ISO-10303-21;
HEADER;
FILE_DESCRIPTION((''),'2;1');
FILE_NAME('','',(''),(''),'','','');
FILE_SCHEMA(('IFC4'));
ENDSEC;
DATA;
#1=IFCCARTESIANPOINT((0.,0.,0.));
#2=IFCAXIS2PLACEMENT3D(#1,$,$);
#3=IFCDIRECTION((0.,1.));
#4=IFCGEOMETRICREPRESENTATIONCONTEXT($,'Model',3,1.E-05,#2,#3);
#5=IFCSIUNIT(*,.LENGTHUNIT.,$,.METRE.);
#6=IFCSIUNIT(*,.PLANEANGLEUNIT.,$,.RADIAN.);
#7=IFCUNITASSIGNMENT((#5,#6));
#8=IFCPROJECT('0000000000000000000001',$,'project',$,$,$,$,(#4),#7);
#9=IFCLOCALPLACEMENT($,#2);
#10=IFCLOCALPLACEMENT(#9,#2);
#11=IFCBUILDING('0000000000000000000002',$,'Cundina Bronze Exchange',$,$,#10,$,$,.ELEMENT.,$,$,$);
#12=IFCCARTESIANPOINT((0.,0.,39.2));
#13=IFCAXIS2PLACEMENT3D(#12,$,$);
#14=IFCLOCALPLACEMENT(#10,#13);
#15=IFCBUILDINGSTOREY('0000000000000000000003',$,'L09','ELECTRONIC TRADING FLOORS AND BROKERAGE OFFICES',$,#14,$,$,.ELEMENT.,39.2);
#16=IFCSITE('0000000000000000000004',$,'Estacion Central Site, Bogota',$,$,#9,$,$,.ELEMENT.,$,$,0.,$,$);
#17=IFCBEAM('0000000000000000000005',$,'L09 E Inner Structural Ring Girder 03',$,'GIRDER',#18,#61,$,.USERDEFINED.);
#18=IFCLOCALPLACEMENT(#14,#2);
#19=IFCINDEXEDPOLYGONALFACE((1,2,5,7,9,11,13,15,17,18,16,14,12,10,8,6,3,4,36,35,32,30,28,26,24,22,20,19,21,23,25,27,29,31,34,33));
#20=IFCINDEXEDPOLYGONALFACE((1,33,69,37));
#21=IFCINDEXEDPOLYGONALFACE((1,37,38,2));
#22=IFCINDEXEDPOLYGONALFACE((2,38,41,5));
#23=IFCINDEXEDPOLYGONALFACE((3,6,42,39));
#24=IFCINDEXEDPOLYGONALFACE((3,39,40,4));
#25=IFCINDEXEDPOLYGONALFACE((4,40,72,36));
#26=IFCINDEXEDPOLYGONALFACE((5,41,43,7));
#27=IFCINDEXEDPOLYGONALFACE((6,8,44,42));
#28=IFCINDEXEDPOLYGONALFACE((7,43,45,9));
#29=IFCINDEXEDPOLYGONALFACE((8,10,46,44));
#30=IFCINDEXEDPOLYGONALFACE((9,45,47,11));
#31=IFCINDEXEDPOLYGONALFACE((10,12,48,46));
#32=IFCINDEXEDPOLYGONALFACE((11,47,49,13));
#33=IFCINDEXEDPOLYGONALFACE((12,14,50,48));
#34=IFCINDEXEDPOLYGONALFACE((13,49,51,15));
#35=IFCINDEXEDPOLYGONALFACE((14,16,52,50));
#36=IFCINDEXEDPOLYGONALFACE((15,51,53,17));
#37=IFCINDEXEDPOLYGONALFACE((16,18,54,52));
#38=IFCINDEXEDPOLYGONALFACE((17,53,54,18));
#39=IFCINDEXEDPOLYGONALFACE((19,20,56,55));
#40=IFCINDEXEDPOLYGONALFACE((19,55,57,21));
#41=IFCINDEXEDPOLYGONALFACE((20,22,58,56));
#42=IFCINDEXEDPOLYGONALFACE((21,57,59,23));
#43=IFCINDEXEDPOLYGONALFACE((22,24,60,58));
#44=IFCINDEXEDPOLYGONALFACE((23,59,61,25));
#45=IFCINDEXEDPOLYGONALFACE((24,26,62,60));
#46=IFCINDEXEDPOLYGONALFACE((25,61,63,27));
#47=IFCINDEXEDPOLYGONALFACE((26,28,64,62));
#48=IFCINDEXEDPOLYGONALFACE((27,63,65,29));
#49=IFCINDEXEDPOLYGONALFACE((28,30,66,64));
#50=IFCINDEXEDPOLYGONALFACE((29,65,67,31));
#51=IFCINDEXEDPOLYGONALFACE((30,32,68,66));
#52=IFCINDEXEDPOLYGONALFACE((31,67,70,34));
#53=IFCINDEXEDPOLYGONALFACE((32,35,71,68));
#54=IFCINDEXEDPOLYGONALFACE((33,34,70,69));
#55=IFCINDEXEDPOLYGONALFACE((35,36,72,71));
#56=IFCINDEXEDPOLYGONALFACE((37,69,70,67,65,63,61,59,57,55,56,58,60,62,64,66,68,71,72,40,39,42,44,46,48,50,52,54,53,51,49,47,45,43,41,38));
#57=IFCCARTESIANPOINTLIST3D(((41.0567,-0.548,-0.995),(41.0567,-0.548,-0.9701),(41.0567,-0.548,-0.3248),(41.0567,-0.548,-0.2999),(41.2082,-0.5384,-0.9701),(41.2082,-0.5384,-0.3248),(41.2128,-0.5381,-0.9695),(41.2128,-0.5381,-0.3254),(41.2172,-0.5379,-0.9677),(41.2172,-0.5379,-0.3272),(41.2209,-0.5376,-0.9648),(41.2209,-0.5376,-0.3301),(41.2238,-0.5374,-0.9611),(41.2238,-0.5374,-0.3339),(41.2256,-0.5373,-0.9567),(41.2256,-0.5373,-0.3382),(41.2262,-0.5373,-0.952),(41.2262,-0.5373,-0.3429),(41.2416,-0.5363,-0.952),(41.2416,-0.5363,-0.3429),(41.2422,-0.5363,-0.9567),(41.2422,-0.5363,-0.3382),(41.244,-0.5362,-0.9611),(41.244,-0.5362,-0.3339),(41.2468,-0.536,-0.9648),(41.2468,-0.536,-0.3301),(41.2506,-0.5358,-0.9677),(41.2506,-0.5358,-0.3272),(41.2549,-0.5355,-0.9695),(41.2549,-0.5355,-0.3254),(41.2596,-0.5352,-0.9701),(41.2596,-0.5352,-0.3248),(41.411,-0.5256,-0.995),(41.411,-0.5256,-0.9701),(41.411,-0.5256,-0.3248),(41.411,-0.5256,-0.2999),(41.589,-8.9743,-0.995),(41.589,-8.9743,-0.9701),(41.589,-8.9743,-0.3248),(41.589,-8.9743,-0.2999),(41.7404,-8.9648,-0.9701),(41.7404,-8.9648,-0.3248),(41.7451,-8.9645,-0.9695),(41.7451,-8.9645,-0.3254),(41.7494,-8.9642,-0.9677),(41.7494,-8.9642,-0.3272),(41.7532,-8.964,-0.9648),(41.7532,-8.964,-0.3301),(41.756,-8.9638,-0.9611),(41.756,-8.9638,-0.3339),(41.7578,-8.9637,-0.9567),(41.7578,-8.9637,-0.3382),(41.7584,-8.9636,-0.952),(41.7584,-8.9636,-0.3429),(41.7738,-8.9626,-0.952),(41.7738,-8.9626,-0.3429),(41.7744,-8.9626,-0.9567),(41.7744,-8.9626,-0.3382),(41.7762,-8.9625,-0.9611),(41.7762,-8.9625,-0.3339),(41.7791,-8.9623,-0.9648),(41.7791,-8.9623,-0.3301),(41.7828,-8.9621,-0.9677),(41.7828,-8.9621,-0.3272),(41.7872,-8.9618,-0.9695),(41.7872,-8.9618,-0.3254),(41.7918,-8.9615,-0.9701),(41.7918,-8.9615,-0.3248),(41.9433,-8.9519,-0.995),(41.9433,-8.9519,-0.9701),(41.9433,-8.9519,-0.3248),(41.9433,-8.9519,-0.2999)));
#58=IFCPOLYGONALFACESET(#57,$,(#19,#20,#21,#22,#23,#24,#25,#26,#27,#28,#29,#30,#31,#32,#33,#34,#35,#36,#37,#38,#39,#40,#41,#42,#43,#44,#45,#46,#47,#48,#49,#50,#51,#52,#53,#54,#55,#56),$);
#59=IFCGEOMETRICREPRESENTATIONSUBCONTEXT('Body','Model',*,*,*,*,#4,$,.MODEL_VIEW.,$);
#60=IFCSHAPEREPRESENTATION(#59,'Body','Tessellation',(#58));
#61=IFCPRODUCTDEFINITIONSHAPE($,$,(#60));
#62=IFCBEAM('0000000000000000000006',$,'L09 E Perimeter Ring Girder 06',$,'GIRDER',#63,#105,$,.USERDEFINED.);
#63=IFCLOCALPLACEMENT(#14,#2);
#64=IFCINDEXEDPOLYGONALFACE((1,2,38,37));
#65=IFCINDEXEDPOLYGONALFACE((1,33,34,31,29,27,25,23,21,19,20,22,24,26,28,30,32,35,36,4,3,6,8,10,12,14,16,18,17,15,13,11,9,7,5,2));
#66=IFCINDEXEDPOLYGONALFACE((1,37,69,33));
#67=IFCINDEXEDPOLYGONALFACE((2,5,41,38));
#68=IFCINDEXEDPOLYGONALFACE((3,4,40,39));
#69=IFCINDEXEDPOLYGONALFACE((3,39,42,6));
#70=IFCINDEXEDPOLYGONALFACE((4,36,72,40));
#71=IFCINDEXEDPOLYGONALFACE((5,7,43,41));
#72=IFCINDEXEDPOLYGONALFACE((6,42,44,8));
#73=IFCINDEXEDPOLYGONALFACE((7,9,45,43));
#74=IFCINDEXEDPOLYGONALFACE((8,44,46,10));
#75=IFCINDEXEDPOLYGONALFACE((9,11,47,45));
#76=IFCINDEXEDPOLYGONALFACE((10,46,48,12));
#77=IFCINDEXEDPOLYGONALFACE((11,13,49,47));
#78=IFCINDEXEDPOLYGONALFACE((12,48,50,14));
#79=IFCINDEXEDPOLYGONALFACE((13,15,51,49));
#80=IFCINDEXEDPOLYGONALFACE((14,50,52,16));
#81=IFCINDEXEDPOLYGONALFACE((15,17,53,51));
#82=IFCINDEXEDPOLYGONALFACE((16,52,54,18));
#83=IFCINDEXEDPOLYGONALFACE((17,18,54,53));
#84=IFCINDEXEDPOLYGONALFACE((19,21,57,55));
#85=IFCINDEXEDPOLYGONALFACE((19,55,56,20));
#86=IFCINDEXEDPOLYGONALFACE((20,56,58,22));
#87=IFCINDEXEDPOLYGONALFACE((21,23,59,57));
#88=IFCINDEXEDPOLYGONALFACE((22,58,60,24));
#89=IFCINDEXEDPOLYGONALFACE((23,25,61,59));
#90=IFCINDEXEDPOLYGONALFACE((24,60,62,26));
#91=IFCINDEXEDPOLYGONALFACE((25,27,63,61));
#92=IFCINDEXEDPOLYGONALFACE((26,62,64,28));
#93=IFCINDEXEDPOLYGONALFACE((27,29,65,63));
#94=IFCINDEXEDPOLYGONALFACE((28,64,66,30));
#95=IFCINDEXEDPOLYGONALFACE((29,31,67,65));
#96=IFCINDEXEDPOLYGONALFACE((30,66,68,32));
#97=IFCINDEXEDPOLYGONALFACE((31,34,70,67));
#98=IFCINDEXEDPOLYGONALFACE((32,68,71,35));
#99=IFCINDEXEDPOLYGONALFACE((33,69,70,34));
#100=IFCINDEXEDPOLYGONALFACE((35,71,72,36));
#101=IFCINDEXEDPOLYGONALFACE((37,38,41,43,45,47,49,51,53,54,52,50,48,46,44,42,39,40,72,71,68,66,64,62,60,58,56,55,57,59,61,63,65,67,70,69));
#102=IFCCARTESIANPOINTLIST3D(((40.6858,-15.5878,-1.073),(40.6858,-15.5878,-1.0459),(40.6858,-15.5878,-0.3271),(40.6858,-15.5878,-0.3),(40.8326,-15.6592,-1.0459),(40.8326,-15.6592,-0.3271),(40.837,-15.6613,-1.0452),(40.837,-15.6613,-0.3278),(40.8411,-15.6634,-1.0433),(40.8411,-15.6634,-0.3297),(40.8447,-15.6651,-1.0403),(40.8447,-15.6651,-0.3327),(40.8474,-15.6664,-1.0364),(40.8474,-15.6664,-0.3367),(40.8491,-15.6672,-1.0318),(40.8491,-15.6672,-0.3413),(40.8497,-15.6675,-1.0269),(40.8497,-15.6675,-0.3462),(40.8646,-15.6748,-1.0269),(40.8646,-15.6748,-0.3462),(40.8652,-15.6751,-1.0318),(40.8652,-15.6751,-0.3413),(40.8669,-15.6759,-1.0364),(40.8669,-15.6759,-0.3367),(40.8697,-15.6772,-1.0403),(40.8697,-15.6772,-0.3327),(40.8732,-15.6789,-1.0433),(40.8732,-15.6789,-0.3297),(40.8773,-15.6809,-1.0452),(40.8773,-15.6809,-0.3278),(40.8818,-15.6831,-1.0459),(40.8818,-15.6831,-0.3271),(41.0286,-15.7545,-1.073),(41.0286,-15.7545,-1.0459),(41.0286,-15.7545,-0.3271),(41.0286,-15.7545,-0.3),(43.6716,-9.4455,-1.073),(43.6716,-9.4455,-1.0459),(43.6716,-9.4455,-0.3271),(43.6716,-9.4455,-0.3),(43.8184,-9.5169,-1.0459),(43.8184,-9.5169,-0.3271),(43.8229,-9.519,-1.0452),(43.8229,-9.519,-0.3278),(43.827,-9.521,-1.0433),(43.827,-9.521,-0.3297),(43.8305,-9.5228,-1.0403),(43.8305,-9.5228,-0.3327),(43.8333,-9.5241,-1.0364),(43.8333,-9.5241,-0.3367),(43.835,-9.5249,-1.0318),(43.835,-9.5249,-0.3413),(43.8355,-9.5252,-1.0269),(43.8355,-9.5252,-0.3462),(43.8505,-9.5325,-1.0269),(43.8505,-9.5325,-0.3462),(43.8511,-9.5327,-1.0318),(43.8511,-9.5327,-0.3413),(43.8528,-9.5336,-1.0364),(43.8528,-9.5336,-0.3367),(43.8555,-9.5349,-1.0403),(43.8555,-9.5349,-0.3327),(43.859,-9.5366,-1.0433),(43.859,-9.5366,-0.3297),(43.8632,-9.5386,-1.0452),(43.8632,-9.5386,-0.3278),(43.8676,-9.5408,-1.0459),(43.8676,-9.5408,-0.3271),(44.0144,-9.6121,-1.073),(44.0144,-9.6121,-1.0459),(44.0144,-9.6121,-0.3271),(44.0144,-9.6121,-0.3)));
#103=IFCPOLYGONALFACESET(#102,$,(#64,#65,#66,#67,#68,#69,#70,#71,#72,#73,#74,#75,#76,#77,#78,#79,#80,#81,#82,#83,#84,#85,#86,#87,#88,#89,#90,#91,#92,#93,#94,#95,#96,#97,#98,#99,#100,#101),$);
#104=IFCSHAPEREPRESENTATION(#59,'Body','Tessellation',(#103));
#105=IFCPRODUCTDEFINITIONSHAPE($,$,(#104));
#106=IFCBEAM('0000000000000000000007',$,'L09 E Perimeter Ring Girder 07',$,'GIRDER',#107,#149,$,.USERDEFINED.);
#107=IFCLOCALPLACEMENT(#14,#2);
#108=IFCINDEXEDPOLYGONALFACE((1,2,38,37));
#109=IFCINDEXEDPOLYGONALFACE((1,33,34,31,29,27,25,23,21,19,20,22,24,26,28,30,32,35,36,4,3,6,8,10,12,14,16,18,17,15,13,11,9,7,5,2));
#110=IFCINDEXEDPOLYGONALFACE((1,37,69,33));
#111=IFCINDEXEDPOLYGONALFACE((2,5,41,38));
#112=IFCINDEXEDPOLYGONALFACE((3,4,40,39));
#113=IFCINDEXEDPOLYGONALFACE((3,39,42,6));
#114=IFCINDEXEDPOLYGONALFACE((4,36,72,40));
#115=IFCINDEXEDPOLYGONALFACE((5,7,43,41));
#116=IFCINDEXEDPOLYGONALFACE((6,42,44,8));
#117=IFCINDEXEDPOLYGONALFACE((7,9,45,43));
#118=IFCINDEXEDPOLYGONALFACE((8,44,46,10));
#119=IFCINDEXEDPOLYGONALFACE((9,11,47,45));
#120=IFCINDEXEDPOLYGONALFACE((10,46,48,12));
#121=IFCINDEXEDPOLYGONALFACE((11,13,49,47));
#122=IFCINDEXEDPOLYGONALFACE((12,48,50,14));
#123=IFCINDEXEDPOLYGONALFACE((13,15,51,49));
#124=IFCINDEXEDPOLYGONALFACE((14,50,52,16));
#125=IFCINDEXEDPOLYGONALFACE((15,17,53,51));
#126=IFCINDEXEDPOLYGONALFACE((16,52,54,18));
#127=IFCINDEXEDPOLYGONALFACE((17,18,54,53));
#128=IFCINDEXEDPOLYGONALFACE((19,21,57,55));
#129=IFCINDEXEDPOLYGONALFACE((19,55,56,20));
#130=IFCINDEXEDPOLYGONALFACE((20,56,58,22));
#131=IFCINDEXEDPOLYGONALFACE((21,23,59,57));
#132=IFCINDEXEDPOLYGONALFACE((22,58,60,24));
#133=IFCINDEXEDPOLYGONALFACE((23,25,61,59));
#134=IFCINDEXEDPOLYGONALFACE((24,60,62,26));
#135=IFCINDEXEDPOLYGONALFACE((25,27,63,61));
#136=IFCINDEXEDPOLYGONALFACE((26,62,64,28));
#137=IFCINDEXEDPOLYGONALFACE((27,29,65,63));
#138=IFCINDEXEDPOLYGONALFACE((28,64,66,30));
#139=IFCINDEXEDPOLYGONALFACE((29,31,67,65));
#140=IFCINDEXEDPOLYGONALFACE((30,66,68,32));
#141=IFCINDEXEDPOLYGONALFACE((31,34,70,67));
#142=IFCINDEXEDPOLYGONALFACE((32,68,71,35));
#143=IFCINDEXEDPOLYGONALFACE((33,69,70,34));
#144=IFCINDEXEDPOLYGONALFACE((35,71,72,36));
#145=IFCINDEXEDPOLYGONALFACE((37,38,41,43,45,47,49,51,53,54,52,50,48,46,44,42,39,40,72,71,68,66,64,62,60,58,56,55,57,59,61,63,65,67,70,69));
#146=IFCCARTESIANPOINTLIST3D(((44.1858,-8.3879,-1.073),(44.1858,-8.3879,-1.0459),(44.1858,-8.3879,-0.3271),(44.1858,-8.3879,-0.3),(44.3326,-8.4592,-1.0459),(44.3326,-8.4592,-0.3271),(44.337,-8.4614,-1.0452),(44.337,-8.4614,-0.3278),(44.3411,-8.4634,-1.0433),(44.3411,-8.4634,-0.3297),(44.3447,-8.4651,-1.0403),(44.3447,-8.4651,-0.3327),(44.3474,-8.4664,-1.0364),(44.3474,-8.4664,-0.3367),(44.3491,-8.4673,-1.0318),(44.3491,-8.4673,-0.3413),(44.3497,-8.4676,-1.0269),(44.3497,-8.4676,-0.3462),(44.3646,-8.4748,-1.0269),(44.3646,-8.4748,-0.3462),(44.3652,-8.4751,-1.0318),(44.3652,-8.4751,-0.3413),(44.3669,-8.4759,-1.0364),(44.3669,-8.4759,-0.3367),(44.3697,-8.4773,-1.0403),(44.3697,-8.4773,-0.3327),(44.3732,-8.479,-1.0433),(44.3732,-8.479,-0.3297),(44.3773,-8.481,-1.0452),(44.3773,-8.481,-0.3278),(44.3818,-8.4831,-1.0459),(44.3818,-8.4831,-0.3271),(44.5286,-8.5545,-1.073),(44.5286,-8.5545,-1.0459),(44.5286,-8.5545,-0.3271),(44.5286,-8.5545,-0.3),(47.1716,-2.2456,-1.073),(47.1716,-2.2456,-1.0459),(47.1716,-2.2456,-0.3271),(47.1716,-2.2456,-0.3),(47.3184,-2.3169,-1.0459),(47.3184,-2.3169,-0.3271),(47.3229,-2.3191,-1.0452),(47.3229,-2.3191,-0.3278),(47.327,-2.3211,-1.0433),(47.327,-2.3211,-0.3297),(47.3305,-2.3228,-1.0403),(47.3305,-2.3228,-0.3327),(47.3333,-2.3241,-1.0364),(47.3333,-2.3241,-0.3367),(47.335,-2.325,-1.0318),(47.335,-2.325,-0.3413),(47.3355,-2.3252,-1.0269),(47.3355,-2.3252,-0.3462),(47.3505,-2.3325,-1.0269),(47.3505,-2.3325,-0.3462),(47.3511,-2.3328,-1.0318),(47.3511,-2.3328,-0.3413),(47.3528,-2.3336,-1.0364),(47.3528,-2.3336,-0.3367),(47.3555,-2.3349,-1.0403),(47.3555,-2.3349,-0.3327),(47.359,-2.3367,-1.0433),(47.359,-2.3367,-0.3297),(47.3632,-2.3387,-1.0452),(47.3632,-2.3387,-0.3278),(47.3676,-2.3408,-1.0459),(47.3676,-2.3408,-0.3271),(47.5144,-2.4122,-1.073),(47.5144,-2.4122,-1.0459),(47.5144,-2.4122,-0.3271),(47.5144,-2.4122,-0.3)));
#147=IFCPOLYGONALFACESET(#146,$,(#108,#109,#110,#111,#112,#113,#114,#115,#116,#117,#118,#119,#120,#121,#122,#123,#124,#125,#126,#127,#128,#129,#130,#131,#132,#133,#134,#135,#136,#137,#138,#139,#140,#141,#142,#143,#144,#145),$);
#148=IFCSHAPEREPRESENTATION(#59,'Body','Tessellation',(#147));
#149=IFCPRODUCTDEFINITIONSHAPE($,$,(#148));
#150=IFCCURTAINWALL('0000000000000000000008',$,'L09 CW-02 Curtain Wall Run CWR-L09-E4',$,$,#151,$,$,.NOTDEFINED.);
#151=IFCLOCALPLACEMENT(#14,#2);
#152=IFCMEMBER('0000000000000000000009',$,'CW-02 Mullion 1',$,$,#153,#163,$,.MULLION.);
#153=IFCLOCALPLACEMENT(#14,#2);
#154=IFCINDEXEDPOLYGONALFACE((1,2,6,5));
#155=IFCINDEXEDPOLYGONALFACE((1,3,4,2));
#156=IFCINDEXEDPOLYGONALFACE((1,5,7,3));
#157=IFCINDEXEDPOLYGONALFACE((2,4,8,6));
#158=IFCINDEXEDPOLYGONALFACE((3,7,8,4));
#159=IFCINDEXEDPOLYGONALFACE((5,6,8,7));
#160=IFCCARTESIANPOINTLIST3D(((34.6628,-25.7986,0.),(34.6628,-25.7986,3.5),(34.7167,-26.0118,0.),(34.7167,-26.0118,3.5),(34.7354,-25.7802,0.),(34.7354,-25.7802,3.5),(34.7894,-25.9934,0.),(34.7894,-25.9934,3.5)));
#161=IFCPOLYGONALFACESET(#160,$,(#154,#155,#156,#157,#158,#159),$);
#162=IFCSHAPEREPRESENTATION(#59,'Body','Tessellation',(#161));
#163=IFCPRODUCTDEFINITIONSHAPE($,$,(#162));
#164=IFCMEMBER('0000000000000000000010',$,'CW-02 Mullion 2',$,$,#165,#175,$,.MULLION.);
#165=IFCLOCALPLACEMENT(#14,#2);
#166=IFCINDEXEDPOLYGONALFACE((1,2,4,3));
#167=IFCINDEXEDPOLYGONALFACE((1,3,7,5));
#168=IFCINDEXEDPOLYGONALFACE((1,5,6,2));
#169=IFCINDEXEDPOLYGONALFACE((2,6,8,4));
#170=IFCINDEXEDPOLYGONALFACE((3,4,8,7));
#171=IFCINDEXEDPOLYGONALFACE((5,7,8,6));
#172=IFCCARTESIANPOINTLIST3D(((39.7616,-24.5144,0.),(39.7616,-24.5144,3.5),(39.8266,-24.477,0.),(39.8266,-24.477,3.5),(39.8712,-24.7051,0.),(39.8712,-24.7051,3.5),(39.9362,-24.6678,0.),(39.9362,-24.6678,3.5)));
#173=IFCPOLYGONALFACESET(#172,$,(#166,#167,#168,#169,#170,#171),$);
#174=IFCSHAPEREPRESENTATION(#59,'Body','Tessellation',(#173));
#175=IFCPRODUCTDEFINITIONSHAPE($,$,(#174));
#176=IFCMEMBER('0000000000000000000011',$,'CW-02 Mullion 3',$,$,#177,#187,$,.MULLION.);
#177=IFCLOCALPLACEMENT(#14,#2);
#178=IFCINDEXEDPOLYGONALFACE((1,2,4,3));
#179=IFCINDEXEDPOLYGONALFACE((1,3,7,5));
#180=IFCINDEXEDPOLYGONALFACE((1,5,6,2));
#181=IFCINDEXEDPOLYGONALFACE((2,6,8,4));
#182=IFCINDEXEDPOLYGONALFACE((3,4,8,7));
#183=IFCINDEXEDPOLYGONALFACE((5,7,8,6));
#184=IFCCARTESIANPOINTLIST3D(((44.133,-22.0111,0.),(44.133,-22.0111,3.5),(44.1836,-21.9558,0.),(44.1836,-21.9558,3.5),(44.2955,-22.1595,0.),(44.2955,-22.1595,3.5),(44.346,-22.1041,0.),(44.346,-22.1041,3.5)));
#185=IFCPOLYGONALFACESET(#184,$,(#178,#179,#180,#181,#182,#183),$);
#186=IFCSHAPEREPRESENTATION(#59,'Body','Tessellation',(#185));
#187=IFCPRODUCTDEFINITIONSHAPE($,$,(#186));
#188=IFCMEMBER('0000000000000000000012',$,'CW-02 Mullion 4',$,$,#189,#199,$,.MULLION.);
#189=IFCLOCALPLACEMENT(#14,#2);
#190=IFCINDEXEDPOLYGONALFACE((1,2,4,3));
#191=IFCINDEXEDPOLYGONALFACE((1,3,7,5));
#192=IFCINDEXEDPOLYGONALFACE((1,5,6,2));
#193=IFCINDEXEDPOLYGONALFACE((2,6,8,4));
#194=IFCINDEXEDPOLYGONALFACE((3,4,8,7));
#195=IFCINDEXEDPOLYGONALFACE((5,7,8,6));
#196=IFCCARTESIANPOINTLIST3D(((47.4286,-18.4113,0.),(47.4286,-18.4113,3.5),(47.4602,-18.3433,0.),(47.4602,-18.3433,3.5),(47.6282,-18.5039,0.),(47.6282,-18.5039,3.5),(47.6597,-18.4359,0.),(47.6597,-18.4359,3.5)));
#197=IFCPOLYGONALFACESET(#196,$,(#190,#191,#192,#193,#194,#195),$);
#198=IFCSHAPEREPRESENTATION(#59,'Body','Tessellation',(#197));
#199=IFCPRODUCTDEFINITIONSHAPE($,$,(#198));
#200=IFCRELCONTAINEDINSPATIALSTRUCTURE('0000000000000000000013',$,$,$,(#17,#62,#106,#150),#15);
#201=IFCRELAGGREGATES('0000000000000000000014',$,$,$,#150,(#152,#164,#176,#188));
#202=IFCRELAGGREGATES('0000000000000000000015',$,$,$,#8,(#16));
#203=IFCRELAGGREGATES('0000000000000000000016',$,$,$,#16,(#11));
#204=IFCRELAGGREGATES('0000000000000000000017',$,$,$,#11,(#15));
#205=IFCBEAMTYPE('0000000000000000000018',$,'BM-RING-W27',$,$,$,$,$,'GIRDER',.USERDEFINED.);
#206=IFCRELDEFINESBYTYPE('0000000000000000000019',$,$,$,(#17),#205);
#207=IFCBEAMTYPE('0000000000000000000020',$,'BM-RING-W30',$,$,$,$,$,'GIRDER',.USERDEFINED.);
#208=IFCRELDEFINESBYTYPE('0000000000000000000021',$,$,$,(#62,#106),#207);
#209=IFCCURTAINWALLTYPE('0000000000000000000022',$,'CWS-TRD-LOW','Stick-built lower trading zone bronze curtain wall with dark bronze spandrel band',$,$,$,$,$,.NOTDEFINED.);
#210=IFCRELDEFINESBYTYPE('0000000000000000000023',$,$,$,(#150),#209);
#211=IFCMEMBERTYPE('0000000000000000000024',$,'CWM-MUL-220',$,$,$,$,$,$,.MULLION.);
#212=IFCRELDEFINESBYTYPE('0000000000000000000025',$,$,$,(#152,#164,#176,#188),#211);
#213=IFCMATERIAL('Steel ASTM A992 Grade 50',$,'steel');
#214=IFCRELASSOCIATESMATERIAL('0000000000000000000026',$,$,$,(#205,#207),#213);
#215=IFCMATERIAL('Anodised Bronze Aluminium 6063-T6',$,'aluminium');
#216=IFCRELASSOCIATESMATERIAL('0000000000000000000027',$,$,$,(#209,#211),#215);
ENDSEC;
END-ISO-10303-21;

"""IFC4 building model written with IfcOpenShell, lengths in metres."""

from ifc_helpers import new_model, si_unit, direction, frame, origin, origin_2d, place, context, subcontext, project, spatial, rectangle, i_section, extrude, material, material_profile, profile_set, type_object, element, aggregate, save


model = new_model("IFC4")

# Units and contexts
model_context = context("Model", 3, precision=1e-05, world=origin(), true_north=direction((0.0, 1.0)))
body_context = subcontext(model_context, "Body", "Model", "MODEL_VIEW")
ifc_project = project(units=[si_unit("LENGTHUNIT", "METRE"), si_unit("PLANEANGLEUNIT", "RADIAN")], contexts=[model_context])

# Site, building, storey
site_placement = place(None, origin())
site = spatial("IfcSite", under=ifc_project, at=site_placement, Name="Estacion Central Site, Bogota", CompositionType="ELEMENT", RefElevation=0.0)
building_placement = place(site_placement, origin())
building = spatial("IfcBuilding", under=site, at=building_placement, Name="Cundina Bronze Exchange", CompositionType="ELEMENT")
storey_placement = place(building_placement, frame((0.0, 0.0, 39.2)))
storey = spatial("IfcBuildingStorey", under=building, at=storey_placement, Name="L09", Description="ELECTRONIC TRADING FLOORS AND BROKERAGE OFFICES", CompositionType="ELEMENT", Elevation=39.2)

# Beams
ifc_material_1 = material(Name="Steel ASTM A992 Grade 50", Category="steel")
ifc_material_profile_1 = material_profile(ifc_material_1, i_section(OverallWidth=0.355, OverallDepth=0.6951, WebThickness=0.0154, FlangeThickness=0.0249, FilletRadius=0.0181, at=origin_2d()), Name="W27X146", Category="steel")
ifc_profile_set_1 = profile_set([ifc_material_profile_1], Name="Steel ASTM A992 Grade 50")
beam_type_1 = type_object("IfcBeamType", Name="BM-RING-W27", ElementType="GIRDER", PredefinedType="USERDEFINED", material=ifc_profile_set_1)
beam_1_placement = place(storey_placement, frame((41.7661, -8.9631, -0.6475), z_axis=(-0.063037, 0.998011, 0.0), x_axis=(-0.998011, -0.063037, 0.0)))
element("IfcBeam", 1, at=beam_1_placement, inside=storey, type_object=beam_type_1, Name="L09 E Inner Structural Ring Girder 03", ObjectType="GIRDER", PredefinedType="USERDEFINED", context=body_context, shape_type="SweptSolid", body=[
    extrude(i_section(OverallWidth=0.355, OverallDepth=0.6951, WebThickness=0.0154, FlangeThickness=0.0249, FilletRadius=0.0181, at=origin_2d()), origin(), (0.0, 0.0, 1.0), 8.4431),
])
ifc_material_profile_2 = material_profile(ifc_material_1, i_section(OverallWidth=0.3811, OverallDepth=0.7729, WebThickness=0.0166, FlangeThickness=0.0271, FilletRadius=0.019, at=origin_2d()), Name="W30X173", Category="steel")
ifc_profile_set_2 = profile_set([ifc_material_profile_2], Name="Steel ASTM A992 Grade 50")
beam_type_2 = type_object("IfcBeamType", Name="BM-RING-W30", ElementType="GIRDER", PredefinedType="USERDEFINED", material=ifc_profile_set_2)
for number, where, z_axis, x_axis, name in (
    (2, (40.8572, -15.6711, -0.6865), (0.437191, 0.899369, 0.0), (-0.899369, 0.437191, 0.0), "L09 E Perimeter Ring Girder 06"),
    (3, (44.3572, -8.4712, -0.6865), (0.437191, 0.899369, 0.0), (-0.899369, 0.437191, 0.0), "L09 E Perimeter Ring Girder 07"),
):
    element("IfcBeam", number, at=place(storey_placement, frame(where, z_axis=z_axis, x_axis=x_axis)), inside=storey, type_object=beam_type_2, Name=name, ObjectType="GIRDER", PredefinedType="USERDEFINED", context=body_context, shape_type="SweptSolid", body=[
        extrude(i_section(OverallWidth=0.3811, OverallDepth=0.7729, WebThickness=0.0166, FlangeThickness=0.0271, FilletRadius=0.019, at=origin_2d()), origin(), (0.0, 0.0, 1.0), 6.8296),
    ])

# Curtain wall, members
ifc_material_2 = material(Name="Anodised Bronze Aluminium 6063-T6", Category="aluminium")
curtain_wall_type = type_object("IfcCurtainWallType", Name="CWS-TRD-LOW", Description="Stick-built lower trading zone bronze curtain wall with dark bronze spandrel band", PredefinedType="NOTDEFINED", material=ifc_material_2)
curtain_wall_placement = place(storey_placement, origin())
curtain_wall = element("IfcCurtainWall", 4, at=curtain_wall_placement, inside=storey, type_object=curtain_wall_type, Name="L09 CW-02 Curtain Wall Run CWR-L09-E4", PredefinedType="NOTDEFINED")
ifc_material_profile_3 = material_profile(ifc_material_2, rectangle(XDim=0.075, YDim=0.22, at=origin_2d()), Name="AL75X220", Category="aluminium")
ifc_profile_set_3 = profile_set([ifc_material_profile_3], Name="Anodised Bronze Aluminium 6063-T6")
member_type_1 = type_object("IfcMemberType", Name="CWM-MUL-220", PredefinedType="MULLION", material=ifc_profile_set_3)
member_1_placement = place(storey_placement, frame((34.7261, -25.896, 0.0), z_axis=(0.0, 0.0, 1.0), x_axis=(0.969488, 0.245138, 0.0)))
member_1 = element("IfcMember", 5, at=member_1_placement, type_object=member_type_1, Name="CW-02 Mullion 1", PredefinedType="MULLION", context=body_context, shape_type="SweptSolid", body=[
    extrude(rectangle(XDim=0.075, YDim=0.22, at=origin_2d()), origin(), (0.0, 0.0, 1.0), 3.5),
])
member_2_placement = place(storey_placement, frame((39.8489, -24.5911, 0.0), z_axis=(0.0, 0.0, 1.0), x_axis=(0.867071, 0.498185, 0.0)))
member_2 = element("IfcMember", 6, at=member_2_placement, type_object=member_type_1, Name="CW-02 Mullion 2", PredefinedType="MULLION", context=body_context, shape_type="SweptSolid", body=[
    extrude(rectangle(XDim=0.075, YDim=0.22, at=origin_2d()), origin(), (0.0, 0.0, 1.0), 3.5),
])
member_3_placement = place(storey_placement, frame((44.2395, -22.0576, 0.0), z_axis=(0.0, 0.0, 1.0), x_axis=(0.674302, 0.738455, 0.0)))
member_3 = element("IfcMember", 7, at=member_3_placement, type_object=member_type_1, Name="CW-02 Mullion 3", PredefinedType="MULLION", context=body_context, shape_type="SweptSolid", body=[
    extrude(rectangle(XDim=0.075, YDim=0.22, at=origin_2d()), origin(), (0.0, 0.0, 1.0), 3.5),
])
member_4_placement = place(storey_placement, frame((47.5442, -18.4236, 0.0), z_axis=(0.0, 0.0, 1.0), x_axis=(0.420877, 0.907117, 0.0)))
member_4 = element("IfcMember", 8, at=member_4_placement, type_object=member_type_1, Name="CW-02 Mullion 4", PredefinedType="MULLION", context=body_context, shape_type="SweptSolid", body=[
    extrude(rectangle(XDim=0.075, YDim=0.22, at=origin_2d()), origin(), (0.0, 0.0, 1.0), 3.5),
])
aggregate(curtain_wall, [member_1, member_2, member_3, member_4])

save(model, "model.ifc")
